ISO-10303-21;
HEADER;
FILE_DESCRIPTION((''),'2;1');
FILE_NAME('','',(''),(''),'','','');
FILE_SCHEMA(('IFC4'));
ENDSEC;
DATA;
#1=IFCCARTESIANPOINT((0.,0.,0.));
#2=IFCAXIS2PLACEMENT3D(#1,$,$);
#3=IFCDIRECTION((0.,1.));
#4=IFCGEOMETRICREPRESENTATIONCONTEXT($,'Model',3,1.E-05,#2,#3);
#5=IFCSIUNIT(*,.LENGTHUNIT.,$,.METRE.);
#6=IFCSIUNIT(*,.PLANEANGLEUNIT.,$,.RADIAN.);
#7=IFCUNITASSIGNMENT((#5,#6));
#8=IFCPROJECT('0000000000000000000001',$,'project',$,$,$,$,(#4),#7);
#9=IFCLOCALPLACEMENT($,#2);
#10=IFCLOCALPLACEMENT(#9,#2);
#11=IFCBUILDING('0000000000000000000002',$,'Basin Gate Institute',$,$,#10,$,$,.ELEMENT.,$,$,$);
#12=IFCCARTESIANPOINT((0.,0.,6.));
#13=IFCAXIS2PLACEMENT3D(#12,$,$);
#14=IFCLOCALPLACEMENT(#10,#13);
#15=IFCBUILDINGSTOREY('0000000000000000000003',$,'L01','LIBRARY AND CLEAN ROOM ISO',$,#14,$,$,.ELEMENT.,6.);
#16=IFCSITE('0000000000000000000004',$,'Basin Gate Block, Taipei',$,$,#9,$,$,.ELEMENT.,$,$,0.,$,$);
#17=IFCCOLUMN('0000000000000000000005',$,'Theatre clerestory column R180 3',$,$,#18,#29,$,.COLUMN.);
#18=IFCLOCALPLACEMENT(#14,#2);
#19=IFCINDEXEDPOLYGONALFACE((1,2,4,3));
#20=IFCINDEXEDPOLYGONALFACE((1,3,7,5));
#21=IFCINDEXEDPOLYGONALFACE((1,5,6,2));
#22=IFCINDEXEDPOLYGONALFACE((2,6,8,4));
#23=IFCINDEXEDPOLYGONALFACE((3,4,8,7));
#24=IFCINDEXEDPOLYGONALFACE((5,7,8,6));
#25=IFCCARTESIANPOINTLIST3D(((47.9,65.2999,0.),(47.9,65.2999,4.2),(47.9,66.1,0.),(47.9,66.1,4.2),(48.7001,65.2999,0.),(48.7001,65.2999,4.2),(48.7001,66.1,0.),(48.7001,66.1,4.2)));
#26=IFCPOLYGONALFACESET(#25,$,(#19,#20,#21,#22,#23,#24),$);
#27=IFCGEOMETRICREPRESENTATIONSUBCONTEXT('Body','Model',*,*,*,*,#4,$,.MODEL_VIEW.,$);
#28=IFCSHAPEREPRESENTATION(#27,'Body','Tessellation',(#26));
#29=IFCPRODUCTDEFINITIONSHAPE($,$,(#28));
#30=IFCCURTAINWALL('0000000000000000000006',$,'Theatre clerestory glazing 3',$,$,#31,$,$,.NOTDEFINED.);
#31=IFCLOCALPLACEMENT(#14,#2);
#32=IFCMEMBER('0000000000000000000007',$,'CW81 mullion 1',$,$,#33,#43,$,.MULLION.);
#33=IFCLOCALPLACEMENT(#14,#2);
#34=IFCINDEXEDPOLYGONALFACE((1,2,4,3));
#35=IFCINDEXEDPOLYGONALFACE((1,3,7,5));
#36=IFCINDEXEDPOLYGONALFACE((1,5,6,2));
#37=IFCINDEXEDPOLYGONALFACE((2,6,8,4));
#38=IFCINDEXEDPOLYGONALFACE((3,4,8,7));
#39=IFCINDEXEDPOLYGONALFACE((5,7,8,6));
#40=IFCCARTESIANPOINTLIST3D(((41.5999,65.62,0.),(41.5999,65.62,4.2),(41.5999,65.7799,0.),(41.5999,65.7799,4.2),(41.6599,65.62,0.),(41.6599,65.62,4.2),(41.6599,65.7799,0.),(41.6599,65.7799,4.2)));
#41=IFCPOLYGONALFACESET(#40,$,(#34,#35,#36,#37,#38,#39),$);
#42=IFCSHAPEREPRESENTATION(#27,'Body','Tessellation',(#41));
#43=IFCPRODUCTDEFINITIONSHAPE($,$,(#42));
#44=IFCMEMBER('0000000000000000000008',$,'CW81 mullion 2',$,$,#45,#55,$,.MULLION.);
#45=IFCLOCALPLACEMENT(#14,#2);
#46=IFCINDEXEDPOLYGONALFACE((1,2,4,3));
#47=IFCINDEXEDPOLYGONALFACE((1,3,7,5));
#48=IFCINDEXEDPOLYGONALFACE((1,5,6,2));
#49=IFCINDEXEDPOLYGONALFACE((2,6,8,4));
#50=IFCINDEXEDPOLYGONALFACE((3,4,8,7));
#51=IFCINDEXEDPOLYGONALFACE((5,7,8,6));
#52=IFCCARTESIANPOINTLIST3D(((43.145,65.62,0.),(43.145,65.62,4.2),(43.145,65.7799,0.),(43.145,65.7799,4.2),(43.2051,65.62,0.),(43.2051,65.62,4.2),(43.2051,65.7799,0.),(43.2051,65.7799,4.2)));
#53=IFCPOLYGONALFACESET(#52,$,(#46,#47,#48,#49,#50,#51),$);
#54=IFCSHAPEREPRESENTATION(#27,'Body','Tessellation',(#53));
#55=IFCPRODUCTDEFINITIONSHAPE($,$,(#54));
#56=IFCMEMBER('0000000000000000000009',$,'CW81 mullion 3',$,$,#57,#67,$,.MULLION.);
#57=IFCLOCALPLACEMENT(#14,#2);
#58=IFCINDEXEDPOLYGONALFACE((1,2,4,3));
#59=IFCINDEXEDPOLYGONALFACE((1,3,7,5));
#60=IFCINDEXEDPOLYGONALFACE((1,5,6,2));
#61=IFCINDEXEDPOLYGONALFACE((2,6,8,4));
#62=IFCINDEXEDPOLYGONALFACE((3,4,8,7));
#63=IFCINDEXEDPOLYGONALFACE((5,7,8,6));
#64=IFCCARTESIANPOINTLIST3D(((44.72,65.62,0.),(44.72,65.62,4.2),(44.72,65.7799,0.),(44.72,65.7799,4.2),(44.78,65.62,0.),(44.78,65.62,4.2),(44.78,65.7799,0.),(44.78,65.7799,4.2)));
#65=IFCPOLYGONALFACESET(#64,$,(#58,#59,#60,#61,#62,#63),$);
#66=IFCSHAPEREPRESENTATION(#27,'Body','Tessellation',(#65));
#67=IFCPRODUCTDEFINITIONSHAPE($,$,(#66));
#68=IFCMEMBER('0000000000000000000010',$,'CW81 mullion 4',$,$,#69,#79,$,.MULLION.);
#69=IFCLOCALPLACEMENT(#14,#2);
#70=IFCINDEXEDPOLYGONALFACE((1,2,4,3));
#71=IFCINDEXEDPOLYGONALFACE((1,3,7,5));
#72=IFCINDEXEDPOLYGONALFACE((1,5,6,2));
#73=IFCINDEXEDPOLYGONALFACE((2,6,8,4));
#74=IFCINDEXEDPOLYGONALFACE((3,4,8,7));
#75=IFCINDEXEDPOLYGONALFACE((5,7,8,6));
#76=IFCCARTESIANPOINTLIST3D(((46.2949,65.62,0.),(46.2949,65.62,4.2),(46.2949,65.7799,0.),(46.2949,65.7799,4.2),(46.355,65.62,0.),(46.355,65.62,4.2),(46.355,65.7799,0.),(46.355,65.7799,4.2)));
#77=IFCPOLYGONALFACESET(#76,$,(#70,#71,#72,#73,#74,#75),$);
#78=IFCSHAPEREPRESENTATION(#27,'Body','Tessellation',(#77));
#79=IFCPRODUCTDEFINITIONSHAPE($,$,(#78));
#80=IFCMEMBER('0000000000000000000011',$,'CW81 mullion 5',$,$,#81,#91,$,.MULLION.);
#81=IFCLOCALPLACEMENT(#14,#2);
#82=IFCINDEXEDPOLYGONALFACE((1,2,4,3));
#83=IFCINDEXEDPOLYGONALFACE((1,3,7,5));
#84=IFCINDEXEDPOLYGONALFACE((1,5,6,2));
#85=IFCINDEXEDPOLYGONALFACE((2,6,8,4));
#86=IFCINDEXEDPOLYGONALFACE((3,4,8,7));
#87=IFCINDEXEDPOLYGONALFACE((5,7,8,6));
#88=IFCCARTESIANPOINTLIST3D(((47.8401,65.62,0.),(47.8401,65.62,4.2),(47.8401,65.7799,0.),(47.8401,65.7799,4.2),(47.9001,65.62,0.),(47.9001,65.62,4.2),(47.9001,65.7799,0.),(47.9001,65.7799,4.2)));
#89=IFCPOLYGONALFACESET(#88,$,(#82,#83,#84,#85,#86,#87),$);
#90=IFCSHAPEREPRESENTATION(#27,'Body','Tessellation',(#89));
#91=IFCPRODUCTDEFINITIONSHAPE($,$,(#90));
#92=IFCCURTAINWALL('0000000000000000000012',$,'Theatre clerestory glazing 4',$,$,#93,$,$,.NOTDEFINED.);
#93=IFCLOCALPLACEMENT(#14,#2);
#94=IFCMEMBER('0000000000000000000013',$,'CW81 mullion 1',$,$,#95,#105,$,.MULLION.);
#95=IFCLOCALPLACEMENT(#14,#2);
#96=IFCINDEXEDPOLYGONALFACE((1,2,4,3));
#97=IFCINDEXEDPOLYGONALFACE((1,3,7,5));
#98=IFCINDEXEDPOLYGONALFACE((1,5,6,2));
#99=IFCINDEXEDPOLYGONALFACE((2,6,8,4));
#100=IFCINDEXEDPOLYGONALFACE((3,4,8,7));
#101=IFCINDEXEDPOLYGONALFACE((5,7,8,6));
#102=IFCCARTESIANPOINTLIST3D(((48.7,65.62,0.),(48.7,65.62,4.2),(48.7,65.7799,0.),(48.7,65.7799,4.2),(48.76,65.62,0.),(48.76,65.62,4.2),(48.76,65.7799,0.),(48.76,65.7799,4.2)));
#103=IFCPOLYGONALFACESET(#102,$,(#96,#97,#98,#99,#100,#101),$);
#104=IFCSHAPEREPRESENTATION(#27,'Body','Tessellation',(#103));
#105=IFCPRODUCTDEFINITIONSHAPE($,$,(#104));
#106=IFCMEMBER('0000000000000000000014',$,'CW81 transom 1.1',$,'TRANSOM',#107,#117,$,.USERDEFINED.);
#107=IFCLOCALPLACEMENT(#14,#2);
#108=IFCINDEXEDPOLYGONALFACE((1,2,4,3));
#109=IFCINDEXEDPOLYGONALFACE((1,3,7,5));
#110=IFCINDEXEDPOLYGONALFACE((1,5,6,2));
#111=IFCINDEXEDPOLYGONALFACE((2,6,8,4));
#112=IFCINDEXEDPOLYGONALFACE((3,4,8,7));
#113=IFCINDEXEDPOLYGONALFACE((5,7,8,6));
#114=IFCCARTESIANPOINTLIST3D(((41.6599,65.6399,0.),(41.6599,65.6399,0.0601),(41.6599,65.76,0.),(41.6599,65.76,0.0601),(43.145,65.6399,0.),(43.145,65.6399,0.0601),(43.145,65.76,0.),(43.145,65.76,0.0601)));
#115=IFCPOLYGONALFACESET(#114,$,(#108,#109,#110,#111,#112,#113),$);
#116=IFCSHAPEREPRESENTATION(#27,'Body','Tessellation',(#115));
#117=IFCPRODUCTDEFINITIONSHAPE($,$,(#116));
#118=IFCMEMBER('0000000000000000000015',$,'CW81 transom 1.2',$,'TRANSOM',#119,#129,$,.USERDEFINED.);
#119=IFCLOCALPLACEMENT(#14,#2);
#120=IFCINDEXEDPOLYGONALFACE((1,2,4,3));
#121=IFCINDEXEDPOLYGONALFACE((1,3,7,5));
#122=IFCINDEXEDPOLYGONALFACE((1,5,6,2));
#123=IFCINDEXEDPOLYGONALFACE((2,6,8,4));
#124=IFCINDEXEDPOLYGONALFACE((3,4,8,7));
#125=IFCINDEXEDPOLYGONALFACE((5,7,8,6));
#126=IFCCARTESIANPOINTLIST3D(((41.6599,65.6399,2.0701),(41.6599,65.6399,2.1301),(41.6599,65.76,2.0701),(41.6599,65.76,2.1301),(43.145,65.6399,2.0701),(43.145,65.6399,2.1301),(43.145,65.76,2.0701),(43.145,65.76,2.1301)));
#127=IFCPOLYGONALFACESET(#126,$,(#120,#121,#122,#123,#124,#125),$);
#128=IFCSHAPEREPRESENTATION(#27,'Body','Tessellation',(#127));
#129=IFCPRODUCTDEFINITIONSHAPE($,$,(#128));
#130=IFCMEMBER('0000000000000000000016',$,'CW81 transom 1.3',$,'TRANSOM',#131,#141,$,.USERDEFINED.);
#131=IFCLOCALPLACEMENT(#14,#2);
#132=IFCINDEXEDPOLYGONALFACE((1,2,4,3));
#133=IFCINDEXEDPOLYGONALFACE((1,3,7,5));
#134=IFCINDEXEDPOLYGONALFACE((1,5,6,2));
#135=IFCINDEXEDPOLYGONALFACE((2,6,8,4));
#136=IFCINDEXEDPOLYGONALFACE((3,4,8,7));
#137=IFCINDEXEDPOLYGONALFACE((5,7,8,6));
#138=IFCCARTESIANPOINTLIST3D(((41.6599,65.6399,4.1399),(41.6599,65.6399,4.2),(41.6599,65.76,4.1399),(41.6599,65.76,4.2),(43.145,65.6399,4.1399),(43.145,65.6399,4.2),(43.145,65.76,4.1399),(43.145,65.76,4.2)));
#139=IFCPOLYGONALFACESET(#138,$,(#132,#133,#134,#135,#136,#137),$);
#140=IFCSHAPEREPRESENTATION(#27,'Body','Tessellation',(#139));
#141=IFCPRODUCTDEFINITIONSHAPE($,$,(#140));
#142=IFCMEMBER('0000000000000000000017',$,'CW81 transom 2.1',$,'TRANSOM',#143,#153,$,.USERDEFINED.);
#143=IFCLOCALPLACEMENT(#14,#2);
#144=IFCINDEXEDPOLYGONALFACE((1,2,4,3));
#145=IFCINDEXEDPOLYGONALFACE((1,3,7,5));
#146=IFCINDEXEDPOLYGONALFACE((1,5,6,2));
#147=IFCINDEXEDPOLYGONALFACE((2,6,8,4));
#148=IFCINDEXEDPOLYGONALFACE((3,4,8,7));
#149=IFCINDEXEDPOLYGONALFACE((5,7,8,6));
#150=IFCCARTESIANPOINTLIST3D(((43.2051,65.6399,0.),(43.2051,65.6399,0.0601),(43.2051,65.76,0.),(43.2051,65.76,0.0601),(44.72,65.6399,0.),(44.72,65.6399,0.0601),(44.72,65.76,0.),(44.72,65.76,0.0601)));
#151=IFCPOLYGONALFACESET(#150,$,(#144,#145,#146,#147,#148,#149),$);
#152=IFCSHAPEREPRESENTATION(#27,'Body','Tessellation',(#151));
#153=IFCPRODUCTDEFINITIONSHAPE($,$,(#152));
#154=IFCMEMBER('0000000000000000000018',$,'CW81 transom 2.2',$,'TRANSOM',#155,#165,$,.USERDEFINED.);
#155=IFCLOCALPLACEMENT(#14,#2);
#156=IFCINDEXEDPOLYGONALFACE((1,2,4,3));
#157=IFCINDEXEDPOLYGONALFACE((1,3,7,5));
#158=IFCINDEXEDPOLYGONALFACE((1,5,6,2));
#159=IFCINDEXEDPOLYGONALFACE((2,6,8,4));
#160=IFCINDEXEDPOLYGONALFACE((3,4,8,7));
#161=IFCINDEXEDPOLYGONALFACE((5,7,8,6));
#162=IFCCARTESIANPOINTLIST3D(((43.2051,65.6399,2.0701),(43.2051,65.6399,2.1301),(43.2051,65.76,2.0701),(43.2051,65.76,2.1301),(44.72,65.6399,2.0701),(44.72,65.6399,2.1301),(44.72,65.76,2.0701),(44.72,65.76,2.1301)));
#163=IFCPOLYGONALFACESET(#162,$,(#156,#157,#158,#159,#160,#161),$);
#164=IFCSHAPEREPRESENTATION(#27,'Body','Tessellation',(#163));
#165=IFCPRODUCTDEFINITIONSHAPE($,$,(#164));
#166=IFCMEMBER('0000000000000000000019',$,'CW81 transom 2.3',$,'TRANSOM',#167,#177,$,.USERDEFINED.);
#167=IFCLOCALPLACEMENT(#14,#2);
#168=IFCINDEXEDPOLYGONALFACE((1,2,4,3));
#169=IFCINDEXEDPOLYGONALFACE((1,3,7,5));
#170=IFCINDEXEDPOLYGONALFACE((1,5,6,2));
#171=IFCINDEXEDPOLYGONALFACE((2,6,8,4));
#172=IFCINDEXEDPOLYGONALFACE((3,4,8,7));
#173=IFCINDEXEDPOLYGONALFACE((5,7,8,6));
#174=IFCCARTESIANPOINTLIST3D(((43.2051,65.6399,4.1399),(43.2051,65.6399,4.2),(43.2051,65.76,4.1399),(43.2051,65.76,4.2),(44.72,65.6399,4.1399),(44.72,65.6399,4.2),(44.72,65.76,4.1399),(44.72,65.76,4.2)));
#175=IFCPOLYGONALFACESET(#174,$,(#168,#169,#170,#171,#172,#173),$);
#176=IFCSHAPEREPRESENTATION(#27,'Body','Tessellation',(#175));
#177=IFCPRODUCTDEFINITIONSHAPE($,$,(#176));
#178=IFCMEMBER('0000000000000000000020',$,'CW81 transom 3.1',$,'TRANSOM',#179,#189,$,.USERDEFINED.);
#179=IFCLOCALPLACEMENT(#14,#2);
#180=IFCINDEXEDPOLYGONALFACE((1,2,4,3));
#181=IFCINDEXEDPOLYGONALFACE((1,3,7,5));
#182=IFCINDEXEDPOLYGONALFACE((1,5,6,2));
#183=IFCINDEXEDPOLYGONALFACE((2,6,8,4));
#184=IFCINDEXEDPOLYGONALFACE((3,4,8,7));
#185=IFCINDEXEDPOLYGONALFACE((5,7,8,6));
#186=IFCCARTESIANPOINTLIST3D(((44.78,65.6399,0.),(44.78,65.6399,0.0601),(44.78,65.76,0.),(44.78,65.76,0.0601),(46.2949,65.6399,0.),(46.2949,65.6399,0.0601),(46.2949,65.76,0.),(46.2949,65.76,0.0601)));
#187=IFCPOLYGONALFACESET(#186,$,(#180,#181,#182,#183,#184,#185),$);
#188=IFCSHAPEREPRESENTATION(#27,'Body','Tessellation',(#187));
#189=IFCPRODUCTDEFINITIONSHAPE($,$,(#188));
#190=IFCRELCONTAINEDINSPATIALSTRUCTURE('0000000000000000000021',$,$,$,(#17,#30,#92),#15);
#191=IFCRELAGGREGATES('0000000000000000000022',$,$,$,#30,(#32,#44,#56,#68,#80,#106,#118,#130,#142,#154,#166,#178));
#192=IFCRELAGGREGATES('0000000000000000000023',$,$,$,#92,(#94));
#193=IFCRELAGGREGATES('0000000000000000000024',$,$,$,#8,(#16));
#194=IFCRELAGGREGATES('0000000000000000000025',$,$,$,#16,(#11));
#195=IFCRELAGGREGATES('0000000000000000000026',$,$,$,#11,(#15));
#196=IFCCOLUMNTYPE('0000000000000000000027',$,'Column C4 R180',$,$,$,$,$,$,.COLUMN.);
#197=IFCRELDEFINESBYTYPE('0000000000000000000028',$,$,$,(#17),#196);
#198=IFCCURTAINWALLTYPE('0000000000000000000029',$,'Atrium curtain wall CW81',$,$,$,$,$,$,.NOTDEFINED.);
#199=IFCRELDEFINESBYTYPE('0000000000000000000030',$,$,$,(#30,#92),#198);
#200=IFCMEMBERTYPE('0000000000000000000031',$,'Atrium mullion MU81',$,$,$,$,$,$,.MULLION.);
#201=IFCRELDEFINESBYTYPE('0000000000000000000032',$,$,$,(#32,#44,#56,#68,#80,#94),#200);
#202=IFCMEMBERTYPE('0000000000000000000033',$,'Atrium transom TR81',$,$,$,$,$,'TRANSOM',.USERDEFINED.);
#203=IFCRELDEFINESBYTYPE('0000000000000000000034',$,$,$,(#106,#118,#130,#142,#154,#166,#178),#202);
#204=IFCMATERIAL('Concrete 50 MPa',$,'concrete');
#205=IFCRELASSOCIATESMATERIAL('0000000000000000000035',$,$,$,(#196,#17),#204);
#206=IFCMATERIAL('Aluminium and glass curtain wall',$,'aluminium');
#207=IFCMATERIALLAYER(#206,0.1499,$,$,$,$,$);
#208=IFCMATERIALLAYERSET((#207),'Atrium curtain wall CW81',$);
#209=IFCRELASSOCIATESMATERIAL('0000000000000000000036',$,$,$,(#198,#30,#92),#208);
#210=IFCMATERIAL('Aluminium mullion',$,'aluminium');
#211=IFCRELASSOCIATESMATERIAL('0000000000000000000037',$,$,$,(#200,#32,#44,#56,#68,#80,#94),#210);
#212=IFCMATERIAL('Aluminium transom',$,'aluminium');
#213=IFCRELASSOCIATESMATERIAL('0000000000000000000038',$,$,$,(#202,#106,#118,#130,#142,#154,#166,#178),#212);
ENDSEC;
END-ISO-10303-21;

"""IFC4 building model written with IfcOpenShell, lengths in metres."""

from ifc_helpers import new_model, si_unit, direction, frame, origin, origin_2d, place, context, subcontext, project, spatial, rectangle, extrude, material, layer, layer_set, material_profile, profile_set, type_object, element, aggregate, save


model = new_model("IFC4")

# Units and contexts
model_context = context("Model", 3, precision=1e-05, world=origin(), true_north=direction((0.0, 1.0)))
body_context = subcontext(model_context, "Body", "Model", "MODEL_VIEW")
ifc_project = project(units=[si_unit("LENGTHUNIT", "METRE"), si_unit("PLANEANGLEUNIT", "RADIAN")], contexts=[model_context])

# Site, building, storey
site_placement = place(None, origin())
site = spatial("IfcSite", under=ifc_project, at=site_placement, Name="Basin Gate Block, Taipei", CompositionType="ELEMENT", RefElevation=0.0)
building_placement = place(site_placement, origin())
building = spatial("IfcBuilding", under=site, at=building_placement, Name="Basin Gate Institute", CompositionType="ELEMENT")
storey_placement = place(building_placement, frame((0.0, 0.0, 6.0)))
storey = spatial("IfcBuildingStorey", under=building, at=storey_placement, Name="L01", Description="LIBRARY AND CLEAN ROOM ISO", CompositionType="ELEMENT", Elevation=6.0)

# Column
ifc_material_1 = material(Name="Concrete 50 MPa", Category="concrete")
ifc_material_profile_1 = material_profile(ifc_material_1, rectangle(XDim=0.8, YDim=0.8, at=origin_2d()), Name="Column C4 800 x 800")
ifc_profile_set_1 = profile_set([ifc_material_profile_1], Name="Concrete 50 MPa")
column_type = type_object("IfcColumnType", Name="Column C4 R180", PredefinedType="COLUMN", material=ifc_profile_set_1)
column_placement = place(storey_placement, frame((48.3, 65.7, 0.0), z_axis=(0.0, 0.0, 1.0), x_axis=(1.0, 0.0, 0.0)))
element("IfcColumn", 1, at=column_placement, inside=storey, type_object=column_type, material=ifc_profile_set_1, Name="Theatre clerestory column R180 3", PredefinedType="COLUMN", context=body_context, shape_type="SweptSolid", body=[
    extrude(rectangle(XDim=0.8, YDim=0.8, at=origin_2d()), origin(), (0.0, 0.0, 1.0), 4.2),
])

# Curtain wall, members
ifc_material_2 = material(Name="Aluminium and glass curtain wall", Category="aluminium")
ifc_layer_1 = layer(ifc_material_2, 0.1499)
ifc_layer_set_1 = layer_set([ifc_layer_1], Name="Atrium curtain wall CW81")
curtain_wall_type = type_object("IfcCurtainWallType", Name="Atrium curtain wall CW81", PredefinedType="NOTDEFINED", material=ifc_layer_set_1)
curtain_wall_1_placement = place(storey_placement, origin())
curtain_wall_1 = element("IfcCurtainWall", 2, at=curtain_wall_1_placement, inside=storey, type_object=curtain_wall_type, material=ifc_layer_set_1, Name="Theatre clerestory glazing 3", PredefinedType="NOTDEFINED")
ifc_material_3 = material(Name="Aluminium mullion", Category="aluminium")
ifc_material_profile_2 = material_profile(ifc_material_3, rectangle(XDim=0.1599, YDim=0.0601, at=origin_2d()), Name="Atrium mullion MU81 160 x 60")
ifc_profile_set_2 = profile_set([ifc_material_profile_2], Name="Aluminium mullion")
member_type_1 = type_object("IfcMemberType", Name="Atrium mullion MU81", PredefinedType="MULLION", material=ifc_profile_set_2)
member_1_placement = place(storey_placement, frame((41.6299, 65.7, 0.0), z_axis=(0.0, 0.0, 1.0), x_axis=(0.0, 1.0, 0.0)))
member_1 = element("IfcMember", 3, at=member_1_placement, type_object=member_type_1, material=ifc_profile_set_2, Name="CW81 mullion 1", PredefinedType="MULLION", context=body_context, shape_type="SweptSolid", body=[
    extrude(rectangle(XDim=0.1599, YDim=0.0601, at=origin_2d()), origin(), (0.0, 0.0, 1.0), 4.2),
])
member_2_placement = place(storey_placement, frame((43.175, 65.7, 0.0), z_axis=(0.0, 0.0, 1.0), x_axis=(0.0, 1.0, 0.0)))
member_2 = element("IfcMember", 4, at=member_2_placement, type_object=member_type_1, material=ifc_profile_set_2, Name="CW81 mullion 2", PredefinedType="MULLION", context=body_context, shape_type="SweptSolid", body=[
    extrude(rectangle(XDim=0.1599, YDim=0.0601, at=origin_2d()), origin(), (0.0, 0.0, 1.0), 4.2),
])
member_3_placement = place(storey_placement, frame((44.75, 65.7, 0.0), z_axis=(0.0, 0.0, 1.0), x_axis=(0.0, 1.0, 0.0)))
member_3 = element("IfcMember", 5, at=member_3_placement, type_object=member_type_1, material=ifc_profile_set_2, Name="CW81 mullion 3", PredefinedType="MULLION", context=body_context, shape_type="SweptSolid", body=[
    extrude(rectangle(XDim=0.1599, YDim=0.0601, at=origin_2d()), origin(), (0.0, 0.0, 1.0), 4.2),
])
member_4_placement = place(storey_placement, frame((46.325, 65.7, 0.0), z_axis=(0.0, 0.0, 1.0), x_axis=(0.0, 1.0, 0.0)))
member_4 = element("IfcMember", 6, at=member_4_placement, type_object=member_type_1, material=ifc_profile_set_2, Name="CW81 mullion 4", PredefinedType="MULLION", context=body_context, shape_type="SweptSolid", body=[
    extrude(rectangle(XDim=0.1599, YDim=0.0601, at=origin_2d()), origin(), (0.0, 0.0, 1.0), 4.2),
])
member_5_placement = place(storey_placement, frame((47.8701, 65.7, 0.0), z_axis=(0.0, 0.0, 1.0), x_axis=(0.0, 1.0, 0.0)))
member_5 = element("IfcMember", 7, at=member_5_placement, type_object=member_type_1, material=ifc_profile_set_2, Name="CW81 mullion 5", PredefinedType="MULLION", context=body_context, shape_type="SweptSolid", body=[
    extrude(rectangle(XDim=0.1599, YDim=0.0601, at=origin_2d()), origin(), (0.0, 0.0, 1.0), 4.2),
])

# Curtain wall, member
curtain_wall_2_placement = place(storey_placement, origin())
curtain_wall_2 = element("IfcCurtainWall", 8, at=curtain_wall_2_placement, inside=storey, type_object=curtain_wall_type, material=ifc_layer_set_1, Name="Theatre clerestory glazing 4", PredefinedType="NOTDEFINED")
member_6_placement = place(storey_placement, frame((48.73, 65.7, 0.0), z_axis=(0.0, 0.0, 1.0), x_axis=(0.0, 1.0, 0.0)))
member_6 = element("IfcMember", 9, at=member_6_placement, type_object=member_type_1, material=ifc_profile_set_2, Name="CW81 mullion 1", PredefinedType="MULLION", context=body_context, shape_type="SweptSolid", body=[
    extrude(rectangle(XDim=0.1599, YDim=0.0601, at=origin_2d()), origin(), (0.0, 0.0, 1.0), 4.2),
])

# Members
ifc_material_4 = material(Name="Aluminium transom", Category="aluminium")
ifc_material_profile_3 = material_profile(ifc_material_4, rectangle(XDim=0.1201, YDim=0.0601, at=origin_2d()), Name="Atrium transom TR81 120 x 60")
ifc_profile_set_3 = profile_set([ifc_material_profile_3], Name="Aluminium transom")
member_type_2 = type_object("IfcMemberType", Name="Atrium transom TR81", ElementType="TRANSOM", PredefinedType="USERDEFINED", material=ifc_profile_set_3)
member_7_placement = place(storey_placement, frame((41.6599, 65.7, 0.03), z_axis=(1.0, 0.0, 0.0), x_axis=(0.0, 1.0, 0.0)))
member_7 = element("IfcMember", 10, at=member_7_placement, type_object=member_type_2, material=ifc_profile_set_3, Name="CW81 transom 1.1", ObjectType="TRANSOM", PredefinedType="USERDEFINED", context=body_context, shape_type="SweptSolid", body=[
    extrude(rectangle(XDim=0.1201, YDim=0.0601, at=origin_2d()), origin(), (0.0, 0.0, 1.0), 1.4851),
])
member_8_placement = place(storey_placement, frame((41.6599, 65.7, 2.1001), z_axis=(1.0, 0.0, 0.0), x_axis=(0.0, 1.0, 0.0)))
member_8 = element("IfcMember", 11, at=member_8_placement, type_object=member_type_2, material=ifc_profile_set_3, Name="CW81 transom 1.2", ObjectType="TRANSOM", PredefinedType="USERDEFINED", context=body_context, shape_type="SweptSolid", body=[
    extrude(rectangle(XDim=0.1201, YDim=0.0601, at=origin_2d()), origin(), (0.0, 0.0, 1.0), 1.4851),
])
member_9_placement = place(storey_placement, frame((41.6599, 65.7, 4.1699), z_axis=(1.0, 0.0, 0.0), x_axis=(0.0, 1.0, 0.0)))
member_9 = element("IfcMember", 12, at=member_9_placement, type_object=member_type_2, material=ifc_profile_set_3, Name="CW81 transom 1.3", ObjectType="TRANSOM", PredefinedType="USERDEFINED", context=body_context, shape_type="SweptSolid", body=[
    extrude(rectangle(XDim=0.1201, YDim=0.0601, at=origin_2d()), origin(), (0.0, 0.0, 1.0), 1.4851),
])
member_10_placement = place(storey_placement, frame((43.2051, 65.7, 0.03), z_axis=(1.0, 0.0, 0.0), x_axis=(0.0, 1.0, 0.0)))
member_10 = element("IfcMember", 13, at=member_10_placement, type_object=member_type_2, material=ifc_profile_set_3, Name="CW81 transom 2.1", ObjectType="TRANSOM", PredefinedType="USERDEFINED", context=body_context, shape_type="SweptSolid", body=[
    extrude(rectangle(XDim=0.1201, YDim=0.0601, at=origin_2d()), origin(), (0.0, 0.0, 1.0), 1.5149),
])
member_11_placement = place(storey_placement, frame((43.2051, 65.7, 2.1001), z_axis=(1.0, 0.0, 0.0), x_axis=(0.0, 1.0, 0.0)))
member_11 = element("IfcMember", 14, at=member_11_placement, type_object=member_type_2, material=ifc_profile_set_3, Name="CW81 transom 2.2", ObjectType="TRANSOM", PredefinedType="USERDEFINED", context=body_context, shape_type="SweptSolid", body=[
    extrude(rectangle(XDim=0.1201, YDim=0.0601, at=origin_2d()), origin(), (0.0, 0.0, 1.0), 1.5149),
])
member_12_placement = place(storey_placement, frame((43.2051, 65.7, 4.1699), z_axis=(1.0, 0.0, 0.0), x_axis=(0.0, 1.0, 0.0)))
member_12 = element("IfcMember", 15, at=member_12_placement, type_object=member_type_2, material=ifc_profile_set_3, Name="CW81 transom 2.3", ObjectType="TRANSOM", PredefinedType="USERDEFINED", context=body_context, shape_type="SweptSolid", body=[
    extrude(rectangle(XDim=0.1201, YDim=0.0601, at=origin_2d()), origin(), (0.0, 0.0, 1.0), 1.5149),
])
member_13_placement = place(storey_placement, frame((44.78, 65.7, 0.03), z_axis=(1.0, 0.0, 0.0), x_axis=(0.0, 1.0, 0.0)))
member_13 = element("IfcMember", 16, at=member_13_placement, type_object=member_type_2, material=ifc_profile_set_3, Name="CW81 transom 3.1", ObjectType="TRANSOM", PredefinedType="USERDEFINED", context=body_context, shape_type="SweptSolid", body=[
    extrude(rectangle(XDim=0.1201, YDim=0.0601, at=origin_2d()), origin(), (0.0, 0.0, 1.0), 1.5149),
])

aggregate(curtain_wall_1, [member_1, member_2, member_3, member_4, member_5, member_7, member_8, member_9, member_10, member_11, member_12, member_13])
aggregate(curtain_wall_2, [member_6])

save(model, "model.ifc")
